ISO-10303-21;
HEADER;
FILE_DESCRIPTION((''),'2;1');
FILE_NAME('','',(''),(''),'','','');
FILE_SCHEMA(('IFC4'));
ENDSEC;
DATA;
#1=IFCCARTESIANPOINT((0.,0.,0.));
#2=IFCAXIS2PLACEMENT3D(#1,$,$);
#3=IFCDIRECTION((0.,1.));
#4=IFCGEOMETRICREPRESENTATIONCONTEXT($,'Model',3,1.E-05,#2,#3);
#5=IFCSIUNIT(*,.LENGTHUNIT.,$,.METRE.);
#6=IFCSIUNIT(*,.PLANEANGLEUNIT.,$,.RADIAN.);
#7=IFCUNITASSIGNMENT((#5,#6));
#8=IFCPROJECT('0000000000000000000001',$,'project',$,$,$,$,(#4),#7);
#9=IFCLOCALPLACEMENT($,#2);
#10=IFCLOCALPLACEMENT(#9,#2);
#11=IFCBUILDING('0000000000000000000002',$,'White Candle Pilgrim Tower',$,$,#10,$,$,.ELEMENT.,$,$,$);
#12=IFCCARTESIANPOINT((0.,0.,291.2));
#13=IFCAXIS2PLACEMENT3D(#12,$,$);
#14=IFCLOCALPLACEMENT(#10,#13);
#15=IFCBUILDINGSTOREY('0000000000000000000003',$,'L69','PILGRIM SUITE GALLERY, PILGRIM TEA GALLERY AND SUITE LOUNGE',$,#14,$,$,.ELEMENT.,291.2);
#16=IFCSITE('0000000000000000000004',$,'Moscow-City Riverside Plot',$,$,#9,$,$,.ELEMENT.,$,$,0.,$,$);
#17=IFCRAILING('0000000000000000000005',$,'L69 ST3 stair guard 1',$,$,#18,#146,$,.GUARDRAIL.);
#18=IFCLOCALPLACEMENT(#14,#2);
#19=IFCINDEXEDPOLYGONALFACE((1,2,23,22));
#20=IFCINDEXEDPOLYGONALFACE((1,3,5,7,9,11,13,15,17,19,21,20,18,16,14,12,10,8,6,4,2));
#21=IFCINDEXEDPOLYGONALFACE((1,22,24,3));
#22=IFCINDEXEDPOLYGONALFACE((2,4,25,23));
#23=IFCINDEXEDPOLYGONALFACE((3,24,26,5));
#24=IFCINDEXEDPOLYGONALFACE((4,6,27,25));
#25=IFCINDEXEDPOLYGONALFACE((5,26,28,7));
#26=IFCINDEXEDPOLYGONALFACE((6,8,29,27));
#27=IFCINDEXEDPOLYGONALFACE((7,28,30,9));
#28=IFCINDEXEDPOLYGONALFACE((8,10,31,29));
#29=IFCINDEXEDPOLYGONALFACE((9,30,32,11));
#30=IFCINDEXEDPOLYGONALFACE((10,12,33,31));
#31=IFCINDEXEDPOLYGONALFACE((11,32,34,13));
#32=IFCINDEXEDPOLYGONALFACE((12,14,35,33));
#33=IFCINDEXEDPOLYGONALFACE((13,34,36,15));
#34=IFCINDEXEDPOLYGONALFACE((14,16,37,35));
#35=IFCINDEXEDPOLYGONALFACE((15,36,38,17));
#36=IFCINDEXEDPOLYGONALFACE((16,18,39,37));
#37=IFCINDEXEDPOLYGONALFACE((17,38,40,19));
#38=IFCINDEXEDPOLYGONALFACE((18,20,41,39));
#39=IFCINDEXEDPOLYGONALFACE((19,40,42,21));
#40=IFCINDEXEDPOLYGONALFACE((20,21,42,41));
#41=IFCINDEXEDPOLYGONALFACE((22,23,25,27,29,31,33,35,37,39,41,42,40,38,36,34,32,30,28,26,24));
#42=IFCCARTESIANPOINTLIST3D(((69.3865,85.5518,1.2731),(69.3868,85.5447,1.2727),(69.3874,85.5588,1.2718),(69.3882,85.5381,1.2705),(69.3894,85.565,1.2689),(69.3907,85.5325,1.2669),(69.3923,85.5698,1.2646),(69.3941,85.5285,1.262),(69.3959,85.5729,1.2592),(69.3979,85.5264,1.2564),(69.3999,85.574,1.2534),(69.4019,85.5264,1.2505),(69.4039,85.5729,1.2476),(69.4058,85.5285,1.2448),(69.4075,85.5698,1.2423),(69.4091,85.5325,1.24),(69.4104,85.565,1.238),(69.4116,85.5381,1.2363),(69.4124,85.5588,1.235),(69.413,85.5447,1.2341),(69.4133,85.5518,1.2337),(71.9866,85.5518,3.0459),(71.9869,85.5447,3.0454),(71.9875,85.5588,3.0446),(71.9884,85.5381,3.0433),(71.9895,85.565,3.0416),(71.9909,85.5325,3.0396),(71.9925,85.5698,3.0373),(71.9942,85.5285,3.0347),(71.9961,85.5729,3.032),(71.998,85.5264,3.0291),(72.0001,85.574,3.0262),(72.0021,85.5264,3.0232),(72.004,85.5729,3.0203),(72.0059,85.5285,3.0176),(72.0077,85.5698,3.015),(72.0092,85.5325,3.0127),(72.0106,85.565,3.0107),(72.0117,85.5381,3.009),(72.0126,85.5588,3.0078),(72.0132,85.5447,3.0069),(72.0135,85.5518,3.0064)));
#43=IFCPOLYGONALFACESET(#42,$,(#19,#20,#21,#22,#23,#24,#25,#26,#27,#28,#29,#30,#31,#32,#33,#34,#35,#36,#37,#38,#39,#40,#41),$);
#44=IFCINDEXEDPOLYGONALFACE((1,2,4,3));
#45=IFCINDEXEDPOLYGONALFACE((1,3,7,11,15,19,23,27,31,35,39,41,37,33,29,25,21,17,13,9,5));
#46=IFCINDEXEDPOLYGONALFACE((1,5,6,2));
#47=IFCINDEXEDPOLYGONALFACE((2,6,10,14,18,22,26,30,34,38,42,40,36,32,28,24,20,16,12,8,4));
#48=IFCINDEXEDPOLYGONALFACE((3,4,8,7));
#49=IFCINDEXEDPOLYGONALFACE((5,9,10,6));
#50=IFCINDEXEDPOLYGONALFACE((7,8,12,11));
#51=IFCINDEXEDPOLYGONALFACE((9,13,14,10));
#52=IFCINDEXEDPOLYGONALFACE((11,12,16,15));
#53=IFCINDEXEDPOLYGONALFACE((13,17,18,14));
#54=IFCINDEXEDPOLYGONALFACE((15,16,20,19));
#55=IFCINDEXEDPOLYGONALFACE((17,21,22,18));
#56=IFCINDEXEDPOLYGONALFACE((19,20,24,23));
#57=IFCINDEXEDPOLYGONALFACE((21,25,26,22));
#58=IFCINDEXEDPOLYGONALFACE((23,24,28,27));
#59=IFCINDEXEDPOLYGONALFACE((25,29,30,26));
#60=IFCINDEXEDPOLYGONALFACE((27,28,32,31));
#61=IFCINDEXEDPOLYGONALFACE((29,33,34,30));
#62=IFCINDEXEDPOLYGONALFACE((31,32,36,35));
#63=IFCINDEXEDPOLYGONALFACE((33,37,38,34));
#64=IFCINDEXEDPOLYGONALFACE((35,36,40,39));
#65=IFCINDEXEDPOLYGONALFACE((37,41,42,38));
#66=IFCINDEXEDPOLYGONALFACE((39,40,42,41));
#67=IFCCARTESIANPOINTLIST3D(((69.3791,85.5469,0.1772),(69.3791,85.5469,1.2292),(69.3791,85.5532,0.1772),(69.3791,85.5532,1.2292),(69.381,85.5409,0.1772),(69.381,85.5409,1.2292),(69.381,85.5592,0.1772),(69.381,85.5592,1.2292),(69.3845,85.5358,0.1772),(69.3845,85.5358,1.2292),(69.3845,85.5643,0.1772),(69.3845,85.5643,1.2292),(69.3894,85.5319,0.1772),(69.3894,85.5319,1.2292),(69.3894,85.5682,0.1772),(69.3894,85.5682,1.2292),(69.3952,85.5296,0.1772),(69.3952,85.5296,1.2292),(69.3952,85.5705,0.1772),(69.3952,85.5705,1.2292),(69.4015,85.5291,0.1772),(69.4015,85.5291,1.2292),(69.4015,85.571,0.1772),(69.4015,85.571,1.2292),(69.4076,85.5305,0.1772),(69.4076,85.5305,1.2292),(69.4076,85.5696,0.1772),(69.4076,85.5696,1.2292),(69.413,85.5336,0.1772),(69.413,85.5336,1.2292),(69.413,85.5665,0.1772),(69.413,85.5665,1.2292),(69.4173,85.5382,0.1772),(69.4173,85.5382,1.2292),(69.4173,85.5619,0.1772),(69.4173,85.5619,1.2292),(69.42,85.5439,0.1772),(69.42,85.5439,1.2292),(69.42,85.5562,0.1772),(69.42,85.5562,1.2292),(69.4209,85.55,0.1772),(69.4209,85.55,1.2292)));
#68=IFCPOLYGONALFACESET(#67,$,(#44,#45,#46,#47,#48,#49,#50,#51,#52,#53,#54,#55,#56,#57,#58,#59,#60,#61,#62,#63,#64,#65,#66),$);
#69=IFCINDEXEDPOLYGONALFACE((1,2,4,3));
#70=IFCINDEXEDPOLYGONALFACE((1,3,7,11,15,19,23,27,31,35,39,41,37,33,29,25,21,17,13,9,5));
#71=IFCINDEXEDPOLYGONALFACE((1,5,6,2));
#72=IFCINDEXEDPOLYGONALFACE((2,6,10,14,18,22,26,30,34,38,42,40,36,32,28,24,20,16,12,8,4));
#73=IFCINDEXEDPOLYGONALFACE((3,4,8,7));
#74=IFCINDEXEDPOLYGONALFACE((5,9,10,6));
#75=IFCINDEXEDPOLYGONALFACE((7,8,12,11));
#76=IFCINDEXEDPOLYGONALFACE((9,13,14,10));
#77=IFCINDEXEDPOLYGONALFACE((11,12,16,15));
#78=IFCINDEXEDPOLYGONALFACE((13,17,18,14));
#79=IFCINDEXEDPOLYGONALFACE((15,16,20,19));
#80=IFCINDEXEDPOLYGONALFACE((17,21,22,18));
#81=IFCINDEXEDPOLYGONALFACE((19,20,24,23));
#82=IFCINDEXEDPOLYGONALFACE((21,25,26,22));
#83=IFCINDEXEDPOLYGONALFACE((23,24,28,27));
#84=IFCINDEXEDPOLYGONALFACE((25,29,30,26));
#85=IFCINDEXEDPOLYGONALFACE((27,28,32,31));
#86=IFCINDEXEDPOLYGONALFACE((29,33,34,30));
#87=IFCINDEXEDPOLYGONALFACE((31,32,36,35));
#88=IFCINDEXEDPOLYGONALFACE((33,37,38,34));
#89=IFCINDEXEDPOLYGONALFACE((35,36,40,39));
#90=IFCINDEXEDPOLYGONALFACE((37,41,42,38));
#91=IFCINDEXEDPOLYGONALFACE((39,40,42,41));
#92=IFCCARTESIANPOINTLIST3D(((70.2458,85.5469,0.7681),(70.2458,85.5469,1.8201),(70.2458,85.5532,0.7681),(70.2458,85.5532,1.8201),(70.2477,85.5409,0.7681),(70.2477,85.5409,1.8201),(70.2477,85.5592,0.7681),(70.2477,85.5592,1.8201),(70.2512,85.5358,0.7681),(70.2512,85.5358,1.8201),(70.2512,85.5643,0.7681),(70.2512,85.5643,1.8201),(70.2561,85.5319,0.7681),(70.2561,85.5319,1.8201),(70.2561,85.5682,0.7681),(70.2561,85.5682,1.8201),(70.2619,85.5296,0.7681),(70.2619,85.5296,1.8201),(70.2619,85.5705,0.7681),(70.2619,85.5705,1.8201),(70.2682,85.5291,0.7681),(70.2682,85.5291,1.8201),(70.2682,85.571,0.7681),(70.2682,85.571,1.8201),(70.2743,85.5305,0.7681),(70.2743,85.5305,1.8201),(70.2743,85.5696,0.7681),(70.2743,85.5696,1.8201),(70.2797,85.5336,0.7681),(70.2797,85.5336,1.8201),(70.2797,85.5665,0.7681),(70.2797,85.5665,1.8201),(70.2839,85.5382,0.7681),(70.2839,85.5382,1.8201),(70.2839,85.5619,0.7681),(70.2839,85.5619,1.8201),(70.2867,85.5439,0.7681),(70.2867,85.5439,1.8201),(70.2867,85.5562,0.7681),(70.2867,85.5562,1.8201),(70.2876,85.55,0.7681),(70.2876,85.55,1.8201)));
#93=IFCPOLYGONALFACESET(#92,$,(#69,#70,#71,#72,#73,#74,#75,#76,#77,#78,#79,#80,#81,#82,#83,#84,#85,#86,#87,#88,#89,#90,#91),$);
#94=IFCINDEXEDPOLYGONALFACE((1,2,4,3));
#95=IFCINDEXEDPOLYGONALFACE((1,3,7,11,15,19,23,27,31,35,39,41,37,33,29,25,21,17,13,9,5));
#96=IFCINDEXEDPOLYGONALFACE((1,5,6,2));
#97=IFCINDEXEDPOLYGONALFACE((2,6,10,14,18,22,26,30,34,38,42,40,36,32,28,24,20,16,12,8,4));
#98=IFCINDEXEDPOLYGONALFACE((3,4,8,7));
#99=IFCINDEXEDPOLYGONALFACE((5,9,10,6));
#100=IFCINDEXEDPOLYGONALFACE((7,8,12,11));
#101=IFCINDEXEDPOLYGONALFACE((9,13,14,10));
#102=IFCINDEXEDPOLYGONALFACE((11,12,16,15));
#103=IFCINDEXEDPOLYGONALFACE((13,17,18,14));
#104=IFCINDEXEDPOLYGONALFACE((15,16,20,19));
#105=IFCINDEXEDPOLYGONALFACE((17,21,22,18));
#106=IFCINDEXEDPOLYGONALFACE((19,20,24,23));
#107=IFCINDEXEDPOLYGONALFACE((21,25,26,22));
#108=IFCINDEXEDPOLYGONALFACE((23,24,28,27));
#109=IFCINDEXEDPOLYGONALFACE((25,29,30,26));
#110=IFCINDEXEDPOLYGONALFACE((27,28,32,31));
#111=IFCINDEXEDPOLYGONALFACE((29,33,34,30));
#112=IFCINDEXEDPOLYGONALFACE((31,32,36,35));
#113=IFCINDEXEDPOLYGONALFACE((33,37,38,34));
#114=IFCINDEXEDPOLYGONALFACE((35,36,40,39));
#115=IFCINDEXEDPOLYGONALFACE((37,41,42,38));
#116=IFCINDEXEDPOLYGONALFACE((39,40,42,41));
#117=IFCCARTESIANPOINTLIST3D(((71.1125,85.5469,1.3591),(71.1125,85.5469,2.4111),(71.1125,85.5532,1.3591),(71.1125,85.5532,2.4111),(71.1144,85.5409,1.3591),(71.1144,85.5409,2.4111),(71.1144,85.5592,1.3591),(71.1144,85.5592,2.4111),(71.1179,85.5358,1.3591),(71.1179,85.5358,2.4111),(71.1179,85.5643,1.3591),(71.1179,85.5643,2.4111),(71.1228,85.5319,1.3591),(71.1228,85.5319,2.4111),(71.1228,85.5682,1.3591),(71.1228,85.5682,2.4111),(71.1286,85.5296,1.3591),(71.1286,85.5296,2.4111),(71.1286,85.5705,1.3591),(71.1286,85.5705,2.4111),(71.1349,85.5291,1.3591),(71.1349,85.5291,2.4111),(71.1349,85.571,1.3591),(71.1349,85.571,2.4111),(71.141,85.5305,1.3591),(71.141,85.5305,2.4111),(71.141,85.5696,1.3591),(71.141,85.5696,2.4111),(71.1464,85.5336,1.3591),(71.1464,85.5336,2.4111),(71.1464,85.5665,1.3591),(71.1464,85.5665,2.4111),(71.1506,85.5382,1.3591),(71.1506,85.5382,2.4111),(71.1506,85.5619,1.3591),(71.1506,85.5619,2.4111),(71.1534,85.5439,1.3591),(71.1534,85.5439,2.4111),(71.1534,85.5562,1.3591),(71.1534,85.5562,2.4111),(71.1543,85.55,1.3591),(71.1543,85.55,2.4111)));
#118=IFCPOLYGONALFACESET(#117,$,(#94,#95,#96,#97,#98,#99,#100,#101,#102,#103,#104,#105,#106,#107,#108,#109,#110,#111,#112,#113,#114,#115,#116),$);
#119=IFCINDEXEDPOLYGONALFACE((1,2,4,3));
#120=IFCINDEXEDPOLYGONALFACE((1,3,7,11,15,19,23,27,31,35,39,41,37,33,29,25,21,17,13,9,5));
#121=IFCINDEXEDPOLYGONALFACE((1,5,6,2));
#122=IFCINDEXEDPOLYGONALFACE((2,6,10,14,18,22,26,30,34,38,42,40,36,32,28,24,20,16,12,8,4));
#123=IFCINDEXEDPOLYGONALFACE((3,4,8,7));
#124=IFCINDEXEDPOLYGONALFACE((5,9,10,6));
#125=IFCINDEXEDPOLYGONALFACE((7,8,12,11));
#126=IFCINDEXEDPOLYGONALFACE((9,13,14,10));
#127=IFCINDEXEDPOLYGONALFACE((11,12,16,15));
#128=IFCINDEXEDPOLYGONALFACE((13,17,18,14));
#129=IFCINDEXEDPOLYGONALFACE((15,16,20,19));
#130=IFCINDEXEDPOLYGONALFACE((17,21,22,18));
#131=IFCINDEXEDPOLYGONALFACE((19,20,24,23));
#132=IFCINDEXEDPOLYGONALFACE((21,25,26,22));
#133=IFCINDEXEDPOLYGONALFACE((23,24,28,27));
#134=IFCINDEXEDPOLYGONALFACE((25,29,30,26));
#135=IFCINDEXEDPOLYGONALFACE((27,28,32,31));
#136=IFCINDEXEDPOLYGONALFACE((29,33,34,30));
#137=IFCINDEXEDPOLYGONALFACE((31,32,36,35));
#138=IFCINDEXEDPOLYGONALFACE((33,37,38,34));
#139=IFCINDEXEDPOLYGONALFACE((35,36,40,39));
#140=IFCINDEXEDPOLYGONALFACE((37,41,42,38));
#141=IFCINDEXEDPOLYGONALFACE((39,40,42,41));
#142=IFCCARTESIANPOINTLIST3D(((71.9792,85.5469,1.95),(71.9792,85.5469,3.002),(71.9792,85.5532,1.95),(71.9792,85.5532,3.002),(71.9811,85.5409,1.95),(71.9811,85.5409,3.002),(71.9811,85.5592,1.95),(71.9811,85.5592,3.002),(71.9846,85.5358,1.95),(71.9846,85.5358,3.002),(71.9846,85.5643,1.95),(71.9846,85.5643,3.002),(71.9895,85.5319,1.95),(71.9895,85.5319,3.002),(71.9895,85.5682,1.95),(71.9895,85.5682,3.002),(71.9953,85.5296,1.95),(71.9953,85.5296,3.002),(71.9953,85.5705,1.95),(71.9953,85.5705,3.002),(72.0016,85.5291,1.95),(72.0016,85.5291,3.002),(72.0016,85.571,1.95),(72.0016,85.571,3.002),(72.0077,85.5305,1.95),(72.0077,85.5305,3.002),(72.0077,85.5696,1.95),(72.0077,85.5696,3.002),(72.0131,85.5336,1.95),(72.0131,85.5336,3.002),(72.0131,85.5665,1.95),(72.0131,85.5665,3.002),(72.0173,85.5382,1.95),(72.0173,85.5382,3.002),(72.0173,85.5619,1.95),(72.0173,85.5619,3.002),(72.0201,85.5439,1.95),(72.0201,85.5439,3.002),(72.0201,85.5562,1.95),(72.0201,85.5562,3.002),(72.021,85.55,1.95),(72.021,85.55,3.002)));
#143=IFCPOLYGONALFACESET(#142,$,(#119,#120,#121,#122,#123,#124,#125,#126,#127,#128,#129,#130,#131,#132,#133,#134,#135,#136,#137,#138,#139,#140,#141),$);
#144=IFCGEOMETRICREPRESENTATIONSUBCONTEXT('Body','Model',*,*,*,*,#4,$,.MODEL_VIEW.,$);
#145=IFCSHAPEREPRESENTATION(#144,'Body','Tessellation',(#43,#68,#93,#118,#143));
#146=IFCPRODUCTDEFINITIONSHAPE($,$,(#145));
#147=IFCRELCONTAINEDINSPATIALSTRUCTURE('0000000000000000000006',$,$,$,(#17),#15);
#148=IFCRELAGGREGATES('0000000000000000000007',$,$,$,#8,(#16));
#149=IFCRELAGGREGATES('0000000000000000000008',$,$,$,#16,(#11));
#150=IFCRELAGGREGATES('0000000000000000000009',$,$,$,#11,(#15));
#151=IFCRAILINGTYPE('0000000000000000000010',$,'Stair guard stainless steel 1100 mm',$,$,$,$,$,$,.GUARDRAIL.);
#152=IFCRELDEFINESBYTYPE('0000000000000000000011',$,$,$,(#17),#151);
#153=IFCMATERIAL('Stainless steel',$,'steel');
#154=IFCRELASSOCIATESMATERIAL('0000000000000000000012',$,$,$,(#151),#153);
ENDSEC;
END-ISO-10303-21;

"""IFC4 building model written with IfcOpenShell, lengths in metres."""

from ifc_helpers import new_model, si_unit, direction, frame, origin, origin_2d, place, context, subcontext, project, spatial, circle, extrude, material, type_object, element, save


model = new_model("IFC4")

# Units and contexts
model_context = context("Model", 3, precision=1e-05, world=origin(), true_north=direction((0.0, 1.0)))
body_context = subcontext(model_context, "Body", "Model", "MODEL_VIEW")
ifc_project = project(units=[si_unit("LENGTHUNIT", "METRE"), si_unit("PLANEANGLEUNIT", "RADIAN")], contexts=[model_context])

# Site, building, storey
site_placement = place(None, origin())
site = spatial("IfcSite", under=ifc_project, at=site_placement, Name="Moscow-City Riverside Plot", CompositionType="ELEMENT", RefElevation=0.0)
building_placement = place(site_placement, origin())
building = spatial("IfcBuilding", under=site, at=building_placement, Name="White Candle Pilgrim Tower", CompositionType="ELEMENT")
storey_placement = place(building_placement, frame((0.0, 0.0, 291.2)))
storey = spatial("IfcBuildingStorey", under=building, at=storey_placement, Name="L69", Description="PILGRIM SUITE GALLERY, PILGRIM TEA GALLERY AND SUITE LOUNGE", CompositionType="ELEMENT", Elevation=291.2)

# Railing
ifc_material_1 = material(Name="Stainless steel", Category="steel")
railing_type_1 = type_object("IfcRailingType", Name="Stair guard stainless steel 1100 mm", PredefinedType="GUARDRAIL", material=ifc_material_1)
railing_1_placement = place(storey_placement, frame((69.3999, 85.55, 0.1772)))
element("IfcRailing", 1, at=railing_1_placement, inside=storey, type_object=railing_type_1, Name="L69 ST3 stair guard 1", PredefinedType="GUARDRAIL", context=body_context, shape_type="SweptSolid", body=[
    extrude(circle(Radius=0.0239, at=origin_2d()), frame((0.0, 0.0, 1.0762), z_axis=(0.82624, 0.0, 0.563318), x_axis=(0.0, 1.0, 0.0)), (0.0, 0.0, 1.0), 3.147),
    extrude(circle(Radius=0.021, at=origin_2d()), origin(), (0.0, 0.0, 1.0), 1.052),
    extrude(circle(Radius=0.021, at=origin_2d()), frame((0.8667, 0.0, 0.5908)), (0.0, 0.0, 1.0), 1.052),
    extrude(circle(Radius=0.021, at=origin_2d()), frame((1.7334, 0.0, 1.1819)), (0.0, 0.0, 1.0), 1.052),
    extrude(circle(Radius=0.021, at=origin_2d()), frame((2.6001, 0.0, 1.7727)), (0.0, 0.0, 1.0), 1.052),
])

save(model, "model.ifc")
